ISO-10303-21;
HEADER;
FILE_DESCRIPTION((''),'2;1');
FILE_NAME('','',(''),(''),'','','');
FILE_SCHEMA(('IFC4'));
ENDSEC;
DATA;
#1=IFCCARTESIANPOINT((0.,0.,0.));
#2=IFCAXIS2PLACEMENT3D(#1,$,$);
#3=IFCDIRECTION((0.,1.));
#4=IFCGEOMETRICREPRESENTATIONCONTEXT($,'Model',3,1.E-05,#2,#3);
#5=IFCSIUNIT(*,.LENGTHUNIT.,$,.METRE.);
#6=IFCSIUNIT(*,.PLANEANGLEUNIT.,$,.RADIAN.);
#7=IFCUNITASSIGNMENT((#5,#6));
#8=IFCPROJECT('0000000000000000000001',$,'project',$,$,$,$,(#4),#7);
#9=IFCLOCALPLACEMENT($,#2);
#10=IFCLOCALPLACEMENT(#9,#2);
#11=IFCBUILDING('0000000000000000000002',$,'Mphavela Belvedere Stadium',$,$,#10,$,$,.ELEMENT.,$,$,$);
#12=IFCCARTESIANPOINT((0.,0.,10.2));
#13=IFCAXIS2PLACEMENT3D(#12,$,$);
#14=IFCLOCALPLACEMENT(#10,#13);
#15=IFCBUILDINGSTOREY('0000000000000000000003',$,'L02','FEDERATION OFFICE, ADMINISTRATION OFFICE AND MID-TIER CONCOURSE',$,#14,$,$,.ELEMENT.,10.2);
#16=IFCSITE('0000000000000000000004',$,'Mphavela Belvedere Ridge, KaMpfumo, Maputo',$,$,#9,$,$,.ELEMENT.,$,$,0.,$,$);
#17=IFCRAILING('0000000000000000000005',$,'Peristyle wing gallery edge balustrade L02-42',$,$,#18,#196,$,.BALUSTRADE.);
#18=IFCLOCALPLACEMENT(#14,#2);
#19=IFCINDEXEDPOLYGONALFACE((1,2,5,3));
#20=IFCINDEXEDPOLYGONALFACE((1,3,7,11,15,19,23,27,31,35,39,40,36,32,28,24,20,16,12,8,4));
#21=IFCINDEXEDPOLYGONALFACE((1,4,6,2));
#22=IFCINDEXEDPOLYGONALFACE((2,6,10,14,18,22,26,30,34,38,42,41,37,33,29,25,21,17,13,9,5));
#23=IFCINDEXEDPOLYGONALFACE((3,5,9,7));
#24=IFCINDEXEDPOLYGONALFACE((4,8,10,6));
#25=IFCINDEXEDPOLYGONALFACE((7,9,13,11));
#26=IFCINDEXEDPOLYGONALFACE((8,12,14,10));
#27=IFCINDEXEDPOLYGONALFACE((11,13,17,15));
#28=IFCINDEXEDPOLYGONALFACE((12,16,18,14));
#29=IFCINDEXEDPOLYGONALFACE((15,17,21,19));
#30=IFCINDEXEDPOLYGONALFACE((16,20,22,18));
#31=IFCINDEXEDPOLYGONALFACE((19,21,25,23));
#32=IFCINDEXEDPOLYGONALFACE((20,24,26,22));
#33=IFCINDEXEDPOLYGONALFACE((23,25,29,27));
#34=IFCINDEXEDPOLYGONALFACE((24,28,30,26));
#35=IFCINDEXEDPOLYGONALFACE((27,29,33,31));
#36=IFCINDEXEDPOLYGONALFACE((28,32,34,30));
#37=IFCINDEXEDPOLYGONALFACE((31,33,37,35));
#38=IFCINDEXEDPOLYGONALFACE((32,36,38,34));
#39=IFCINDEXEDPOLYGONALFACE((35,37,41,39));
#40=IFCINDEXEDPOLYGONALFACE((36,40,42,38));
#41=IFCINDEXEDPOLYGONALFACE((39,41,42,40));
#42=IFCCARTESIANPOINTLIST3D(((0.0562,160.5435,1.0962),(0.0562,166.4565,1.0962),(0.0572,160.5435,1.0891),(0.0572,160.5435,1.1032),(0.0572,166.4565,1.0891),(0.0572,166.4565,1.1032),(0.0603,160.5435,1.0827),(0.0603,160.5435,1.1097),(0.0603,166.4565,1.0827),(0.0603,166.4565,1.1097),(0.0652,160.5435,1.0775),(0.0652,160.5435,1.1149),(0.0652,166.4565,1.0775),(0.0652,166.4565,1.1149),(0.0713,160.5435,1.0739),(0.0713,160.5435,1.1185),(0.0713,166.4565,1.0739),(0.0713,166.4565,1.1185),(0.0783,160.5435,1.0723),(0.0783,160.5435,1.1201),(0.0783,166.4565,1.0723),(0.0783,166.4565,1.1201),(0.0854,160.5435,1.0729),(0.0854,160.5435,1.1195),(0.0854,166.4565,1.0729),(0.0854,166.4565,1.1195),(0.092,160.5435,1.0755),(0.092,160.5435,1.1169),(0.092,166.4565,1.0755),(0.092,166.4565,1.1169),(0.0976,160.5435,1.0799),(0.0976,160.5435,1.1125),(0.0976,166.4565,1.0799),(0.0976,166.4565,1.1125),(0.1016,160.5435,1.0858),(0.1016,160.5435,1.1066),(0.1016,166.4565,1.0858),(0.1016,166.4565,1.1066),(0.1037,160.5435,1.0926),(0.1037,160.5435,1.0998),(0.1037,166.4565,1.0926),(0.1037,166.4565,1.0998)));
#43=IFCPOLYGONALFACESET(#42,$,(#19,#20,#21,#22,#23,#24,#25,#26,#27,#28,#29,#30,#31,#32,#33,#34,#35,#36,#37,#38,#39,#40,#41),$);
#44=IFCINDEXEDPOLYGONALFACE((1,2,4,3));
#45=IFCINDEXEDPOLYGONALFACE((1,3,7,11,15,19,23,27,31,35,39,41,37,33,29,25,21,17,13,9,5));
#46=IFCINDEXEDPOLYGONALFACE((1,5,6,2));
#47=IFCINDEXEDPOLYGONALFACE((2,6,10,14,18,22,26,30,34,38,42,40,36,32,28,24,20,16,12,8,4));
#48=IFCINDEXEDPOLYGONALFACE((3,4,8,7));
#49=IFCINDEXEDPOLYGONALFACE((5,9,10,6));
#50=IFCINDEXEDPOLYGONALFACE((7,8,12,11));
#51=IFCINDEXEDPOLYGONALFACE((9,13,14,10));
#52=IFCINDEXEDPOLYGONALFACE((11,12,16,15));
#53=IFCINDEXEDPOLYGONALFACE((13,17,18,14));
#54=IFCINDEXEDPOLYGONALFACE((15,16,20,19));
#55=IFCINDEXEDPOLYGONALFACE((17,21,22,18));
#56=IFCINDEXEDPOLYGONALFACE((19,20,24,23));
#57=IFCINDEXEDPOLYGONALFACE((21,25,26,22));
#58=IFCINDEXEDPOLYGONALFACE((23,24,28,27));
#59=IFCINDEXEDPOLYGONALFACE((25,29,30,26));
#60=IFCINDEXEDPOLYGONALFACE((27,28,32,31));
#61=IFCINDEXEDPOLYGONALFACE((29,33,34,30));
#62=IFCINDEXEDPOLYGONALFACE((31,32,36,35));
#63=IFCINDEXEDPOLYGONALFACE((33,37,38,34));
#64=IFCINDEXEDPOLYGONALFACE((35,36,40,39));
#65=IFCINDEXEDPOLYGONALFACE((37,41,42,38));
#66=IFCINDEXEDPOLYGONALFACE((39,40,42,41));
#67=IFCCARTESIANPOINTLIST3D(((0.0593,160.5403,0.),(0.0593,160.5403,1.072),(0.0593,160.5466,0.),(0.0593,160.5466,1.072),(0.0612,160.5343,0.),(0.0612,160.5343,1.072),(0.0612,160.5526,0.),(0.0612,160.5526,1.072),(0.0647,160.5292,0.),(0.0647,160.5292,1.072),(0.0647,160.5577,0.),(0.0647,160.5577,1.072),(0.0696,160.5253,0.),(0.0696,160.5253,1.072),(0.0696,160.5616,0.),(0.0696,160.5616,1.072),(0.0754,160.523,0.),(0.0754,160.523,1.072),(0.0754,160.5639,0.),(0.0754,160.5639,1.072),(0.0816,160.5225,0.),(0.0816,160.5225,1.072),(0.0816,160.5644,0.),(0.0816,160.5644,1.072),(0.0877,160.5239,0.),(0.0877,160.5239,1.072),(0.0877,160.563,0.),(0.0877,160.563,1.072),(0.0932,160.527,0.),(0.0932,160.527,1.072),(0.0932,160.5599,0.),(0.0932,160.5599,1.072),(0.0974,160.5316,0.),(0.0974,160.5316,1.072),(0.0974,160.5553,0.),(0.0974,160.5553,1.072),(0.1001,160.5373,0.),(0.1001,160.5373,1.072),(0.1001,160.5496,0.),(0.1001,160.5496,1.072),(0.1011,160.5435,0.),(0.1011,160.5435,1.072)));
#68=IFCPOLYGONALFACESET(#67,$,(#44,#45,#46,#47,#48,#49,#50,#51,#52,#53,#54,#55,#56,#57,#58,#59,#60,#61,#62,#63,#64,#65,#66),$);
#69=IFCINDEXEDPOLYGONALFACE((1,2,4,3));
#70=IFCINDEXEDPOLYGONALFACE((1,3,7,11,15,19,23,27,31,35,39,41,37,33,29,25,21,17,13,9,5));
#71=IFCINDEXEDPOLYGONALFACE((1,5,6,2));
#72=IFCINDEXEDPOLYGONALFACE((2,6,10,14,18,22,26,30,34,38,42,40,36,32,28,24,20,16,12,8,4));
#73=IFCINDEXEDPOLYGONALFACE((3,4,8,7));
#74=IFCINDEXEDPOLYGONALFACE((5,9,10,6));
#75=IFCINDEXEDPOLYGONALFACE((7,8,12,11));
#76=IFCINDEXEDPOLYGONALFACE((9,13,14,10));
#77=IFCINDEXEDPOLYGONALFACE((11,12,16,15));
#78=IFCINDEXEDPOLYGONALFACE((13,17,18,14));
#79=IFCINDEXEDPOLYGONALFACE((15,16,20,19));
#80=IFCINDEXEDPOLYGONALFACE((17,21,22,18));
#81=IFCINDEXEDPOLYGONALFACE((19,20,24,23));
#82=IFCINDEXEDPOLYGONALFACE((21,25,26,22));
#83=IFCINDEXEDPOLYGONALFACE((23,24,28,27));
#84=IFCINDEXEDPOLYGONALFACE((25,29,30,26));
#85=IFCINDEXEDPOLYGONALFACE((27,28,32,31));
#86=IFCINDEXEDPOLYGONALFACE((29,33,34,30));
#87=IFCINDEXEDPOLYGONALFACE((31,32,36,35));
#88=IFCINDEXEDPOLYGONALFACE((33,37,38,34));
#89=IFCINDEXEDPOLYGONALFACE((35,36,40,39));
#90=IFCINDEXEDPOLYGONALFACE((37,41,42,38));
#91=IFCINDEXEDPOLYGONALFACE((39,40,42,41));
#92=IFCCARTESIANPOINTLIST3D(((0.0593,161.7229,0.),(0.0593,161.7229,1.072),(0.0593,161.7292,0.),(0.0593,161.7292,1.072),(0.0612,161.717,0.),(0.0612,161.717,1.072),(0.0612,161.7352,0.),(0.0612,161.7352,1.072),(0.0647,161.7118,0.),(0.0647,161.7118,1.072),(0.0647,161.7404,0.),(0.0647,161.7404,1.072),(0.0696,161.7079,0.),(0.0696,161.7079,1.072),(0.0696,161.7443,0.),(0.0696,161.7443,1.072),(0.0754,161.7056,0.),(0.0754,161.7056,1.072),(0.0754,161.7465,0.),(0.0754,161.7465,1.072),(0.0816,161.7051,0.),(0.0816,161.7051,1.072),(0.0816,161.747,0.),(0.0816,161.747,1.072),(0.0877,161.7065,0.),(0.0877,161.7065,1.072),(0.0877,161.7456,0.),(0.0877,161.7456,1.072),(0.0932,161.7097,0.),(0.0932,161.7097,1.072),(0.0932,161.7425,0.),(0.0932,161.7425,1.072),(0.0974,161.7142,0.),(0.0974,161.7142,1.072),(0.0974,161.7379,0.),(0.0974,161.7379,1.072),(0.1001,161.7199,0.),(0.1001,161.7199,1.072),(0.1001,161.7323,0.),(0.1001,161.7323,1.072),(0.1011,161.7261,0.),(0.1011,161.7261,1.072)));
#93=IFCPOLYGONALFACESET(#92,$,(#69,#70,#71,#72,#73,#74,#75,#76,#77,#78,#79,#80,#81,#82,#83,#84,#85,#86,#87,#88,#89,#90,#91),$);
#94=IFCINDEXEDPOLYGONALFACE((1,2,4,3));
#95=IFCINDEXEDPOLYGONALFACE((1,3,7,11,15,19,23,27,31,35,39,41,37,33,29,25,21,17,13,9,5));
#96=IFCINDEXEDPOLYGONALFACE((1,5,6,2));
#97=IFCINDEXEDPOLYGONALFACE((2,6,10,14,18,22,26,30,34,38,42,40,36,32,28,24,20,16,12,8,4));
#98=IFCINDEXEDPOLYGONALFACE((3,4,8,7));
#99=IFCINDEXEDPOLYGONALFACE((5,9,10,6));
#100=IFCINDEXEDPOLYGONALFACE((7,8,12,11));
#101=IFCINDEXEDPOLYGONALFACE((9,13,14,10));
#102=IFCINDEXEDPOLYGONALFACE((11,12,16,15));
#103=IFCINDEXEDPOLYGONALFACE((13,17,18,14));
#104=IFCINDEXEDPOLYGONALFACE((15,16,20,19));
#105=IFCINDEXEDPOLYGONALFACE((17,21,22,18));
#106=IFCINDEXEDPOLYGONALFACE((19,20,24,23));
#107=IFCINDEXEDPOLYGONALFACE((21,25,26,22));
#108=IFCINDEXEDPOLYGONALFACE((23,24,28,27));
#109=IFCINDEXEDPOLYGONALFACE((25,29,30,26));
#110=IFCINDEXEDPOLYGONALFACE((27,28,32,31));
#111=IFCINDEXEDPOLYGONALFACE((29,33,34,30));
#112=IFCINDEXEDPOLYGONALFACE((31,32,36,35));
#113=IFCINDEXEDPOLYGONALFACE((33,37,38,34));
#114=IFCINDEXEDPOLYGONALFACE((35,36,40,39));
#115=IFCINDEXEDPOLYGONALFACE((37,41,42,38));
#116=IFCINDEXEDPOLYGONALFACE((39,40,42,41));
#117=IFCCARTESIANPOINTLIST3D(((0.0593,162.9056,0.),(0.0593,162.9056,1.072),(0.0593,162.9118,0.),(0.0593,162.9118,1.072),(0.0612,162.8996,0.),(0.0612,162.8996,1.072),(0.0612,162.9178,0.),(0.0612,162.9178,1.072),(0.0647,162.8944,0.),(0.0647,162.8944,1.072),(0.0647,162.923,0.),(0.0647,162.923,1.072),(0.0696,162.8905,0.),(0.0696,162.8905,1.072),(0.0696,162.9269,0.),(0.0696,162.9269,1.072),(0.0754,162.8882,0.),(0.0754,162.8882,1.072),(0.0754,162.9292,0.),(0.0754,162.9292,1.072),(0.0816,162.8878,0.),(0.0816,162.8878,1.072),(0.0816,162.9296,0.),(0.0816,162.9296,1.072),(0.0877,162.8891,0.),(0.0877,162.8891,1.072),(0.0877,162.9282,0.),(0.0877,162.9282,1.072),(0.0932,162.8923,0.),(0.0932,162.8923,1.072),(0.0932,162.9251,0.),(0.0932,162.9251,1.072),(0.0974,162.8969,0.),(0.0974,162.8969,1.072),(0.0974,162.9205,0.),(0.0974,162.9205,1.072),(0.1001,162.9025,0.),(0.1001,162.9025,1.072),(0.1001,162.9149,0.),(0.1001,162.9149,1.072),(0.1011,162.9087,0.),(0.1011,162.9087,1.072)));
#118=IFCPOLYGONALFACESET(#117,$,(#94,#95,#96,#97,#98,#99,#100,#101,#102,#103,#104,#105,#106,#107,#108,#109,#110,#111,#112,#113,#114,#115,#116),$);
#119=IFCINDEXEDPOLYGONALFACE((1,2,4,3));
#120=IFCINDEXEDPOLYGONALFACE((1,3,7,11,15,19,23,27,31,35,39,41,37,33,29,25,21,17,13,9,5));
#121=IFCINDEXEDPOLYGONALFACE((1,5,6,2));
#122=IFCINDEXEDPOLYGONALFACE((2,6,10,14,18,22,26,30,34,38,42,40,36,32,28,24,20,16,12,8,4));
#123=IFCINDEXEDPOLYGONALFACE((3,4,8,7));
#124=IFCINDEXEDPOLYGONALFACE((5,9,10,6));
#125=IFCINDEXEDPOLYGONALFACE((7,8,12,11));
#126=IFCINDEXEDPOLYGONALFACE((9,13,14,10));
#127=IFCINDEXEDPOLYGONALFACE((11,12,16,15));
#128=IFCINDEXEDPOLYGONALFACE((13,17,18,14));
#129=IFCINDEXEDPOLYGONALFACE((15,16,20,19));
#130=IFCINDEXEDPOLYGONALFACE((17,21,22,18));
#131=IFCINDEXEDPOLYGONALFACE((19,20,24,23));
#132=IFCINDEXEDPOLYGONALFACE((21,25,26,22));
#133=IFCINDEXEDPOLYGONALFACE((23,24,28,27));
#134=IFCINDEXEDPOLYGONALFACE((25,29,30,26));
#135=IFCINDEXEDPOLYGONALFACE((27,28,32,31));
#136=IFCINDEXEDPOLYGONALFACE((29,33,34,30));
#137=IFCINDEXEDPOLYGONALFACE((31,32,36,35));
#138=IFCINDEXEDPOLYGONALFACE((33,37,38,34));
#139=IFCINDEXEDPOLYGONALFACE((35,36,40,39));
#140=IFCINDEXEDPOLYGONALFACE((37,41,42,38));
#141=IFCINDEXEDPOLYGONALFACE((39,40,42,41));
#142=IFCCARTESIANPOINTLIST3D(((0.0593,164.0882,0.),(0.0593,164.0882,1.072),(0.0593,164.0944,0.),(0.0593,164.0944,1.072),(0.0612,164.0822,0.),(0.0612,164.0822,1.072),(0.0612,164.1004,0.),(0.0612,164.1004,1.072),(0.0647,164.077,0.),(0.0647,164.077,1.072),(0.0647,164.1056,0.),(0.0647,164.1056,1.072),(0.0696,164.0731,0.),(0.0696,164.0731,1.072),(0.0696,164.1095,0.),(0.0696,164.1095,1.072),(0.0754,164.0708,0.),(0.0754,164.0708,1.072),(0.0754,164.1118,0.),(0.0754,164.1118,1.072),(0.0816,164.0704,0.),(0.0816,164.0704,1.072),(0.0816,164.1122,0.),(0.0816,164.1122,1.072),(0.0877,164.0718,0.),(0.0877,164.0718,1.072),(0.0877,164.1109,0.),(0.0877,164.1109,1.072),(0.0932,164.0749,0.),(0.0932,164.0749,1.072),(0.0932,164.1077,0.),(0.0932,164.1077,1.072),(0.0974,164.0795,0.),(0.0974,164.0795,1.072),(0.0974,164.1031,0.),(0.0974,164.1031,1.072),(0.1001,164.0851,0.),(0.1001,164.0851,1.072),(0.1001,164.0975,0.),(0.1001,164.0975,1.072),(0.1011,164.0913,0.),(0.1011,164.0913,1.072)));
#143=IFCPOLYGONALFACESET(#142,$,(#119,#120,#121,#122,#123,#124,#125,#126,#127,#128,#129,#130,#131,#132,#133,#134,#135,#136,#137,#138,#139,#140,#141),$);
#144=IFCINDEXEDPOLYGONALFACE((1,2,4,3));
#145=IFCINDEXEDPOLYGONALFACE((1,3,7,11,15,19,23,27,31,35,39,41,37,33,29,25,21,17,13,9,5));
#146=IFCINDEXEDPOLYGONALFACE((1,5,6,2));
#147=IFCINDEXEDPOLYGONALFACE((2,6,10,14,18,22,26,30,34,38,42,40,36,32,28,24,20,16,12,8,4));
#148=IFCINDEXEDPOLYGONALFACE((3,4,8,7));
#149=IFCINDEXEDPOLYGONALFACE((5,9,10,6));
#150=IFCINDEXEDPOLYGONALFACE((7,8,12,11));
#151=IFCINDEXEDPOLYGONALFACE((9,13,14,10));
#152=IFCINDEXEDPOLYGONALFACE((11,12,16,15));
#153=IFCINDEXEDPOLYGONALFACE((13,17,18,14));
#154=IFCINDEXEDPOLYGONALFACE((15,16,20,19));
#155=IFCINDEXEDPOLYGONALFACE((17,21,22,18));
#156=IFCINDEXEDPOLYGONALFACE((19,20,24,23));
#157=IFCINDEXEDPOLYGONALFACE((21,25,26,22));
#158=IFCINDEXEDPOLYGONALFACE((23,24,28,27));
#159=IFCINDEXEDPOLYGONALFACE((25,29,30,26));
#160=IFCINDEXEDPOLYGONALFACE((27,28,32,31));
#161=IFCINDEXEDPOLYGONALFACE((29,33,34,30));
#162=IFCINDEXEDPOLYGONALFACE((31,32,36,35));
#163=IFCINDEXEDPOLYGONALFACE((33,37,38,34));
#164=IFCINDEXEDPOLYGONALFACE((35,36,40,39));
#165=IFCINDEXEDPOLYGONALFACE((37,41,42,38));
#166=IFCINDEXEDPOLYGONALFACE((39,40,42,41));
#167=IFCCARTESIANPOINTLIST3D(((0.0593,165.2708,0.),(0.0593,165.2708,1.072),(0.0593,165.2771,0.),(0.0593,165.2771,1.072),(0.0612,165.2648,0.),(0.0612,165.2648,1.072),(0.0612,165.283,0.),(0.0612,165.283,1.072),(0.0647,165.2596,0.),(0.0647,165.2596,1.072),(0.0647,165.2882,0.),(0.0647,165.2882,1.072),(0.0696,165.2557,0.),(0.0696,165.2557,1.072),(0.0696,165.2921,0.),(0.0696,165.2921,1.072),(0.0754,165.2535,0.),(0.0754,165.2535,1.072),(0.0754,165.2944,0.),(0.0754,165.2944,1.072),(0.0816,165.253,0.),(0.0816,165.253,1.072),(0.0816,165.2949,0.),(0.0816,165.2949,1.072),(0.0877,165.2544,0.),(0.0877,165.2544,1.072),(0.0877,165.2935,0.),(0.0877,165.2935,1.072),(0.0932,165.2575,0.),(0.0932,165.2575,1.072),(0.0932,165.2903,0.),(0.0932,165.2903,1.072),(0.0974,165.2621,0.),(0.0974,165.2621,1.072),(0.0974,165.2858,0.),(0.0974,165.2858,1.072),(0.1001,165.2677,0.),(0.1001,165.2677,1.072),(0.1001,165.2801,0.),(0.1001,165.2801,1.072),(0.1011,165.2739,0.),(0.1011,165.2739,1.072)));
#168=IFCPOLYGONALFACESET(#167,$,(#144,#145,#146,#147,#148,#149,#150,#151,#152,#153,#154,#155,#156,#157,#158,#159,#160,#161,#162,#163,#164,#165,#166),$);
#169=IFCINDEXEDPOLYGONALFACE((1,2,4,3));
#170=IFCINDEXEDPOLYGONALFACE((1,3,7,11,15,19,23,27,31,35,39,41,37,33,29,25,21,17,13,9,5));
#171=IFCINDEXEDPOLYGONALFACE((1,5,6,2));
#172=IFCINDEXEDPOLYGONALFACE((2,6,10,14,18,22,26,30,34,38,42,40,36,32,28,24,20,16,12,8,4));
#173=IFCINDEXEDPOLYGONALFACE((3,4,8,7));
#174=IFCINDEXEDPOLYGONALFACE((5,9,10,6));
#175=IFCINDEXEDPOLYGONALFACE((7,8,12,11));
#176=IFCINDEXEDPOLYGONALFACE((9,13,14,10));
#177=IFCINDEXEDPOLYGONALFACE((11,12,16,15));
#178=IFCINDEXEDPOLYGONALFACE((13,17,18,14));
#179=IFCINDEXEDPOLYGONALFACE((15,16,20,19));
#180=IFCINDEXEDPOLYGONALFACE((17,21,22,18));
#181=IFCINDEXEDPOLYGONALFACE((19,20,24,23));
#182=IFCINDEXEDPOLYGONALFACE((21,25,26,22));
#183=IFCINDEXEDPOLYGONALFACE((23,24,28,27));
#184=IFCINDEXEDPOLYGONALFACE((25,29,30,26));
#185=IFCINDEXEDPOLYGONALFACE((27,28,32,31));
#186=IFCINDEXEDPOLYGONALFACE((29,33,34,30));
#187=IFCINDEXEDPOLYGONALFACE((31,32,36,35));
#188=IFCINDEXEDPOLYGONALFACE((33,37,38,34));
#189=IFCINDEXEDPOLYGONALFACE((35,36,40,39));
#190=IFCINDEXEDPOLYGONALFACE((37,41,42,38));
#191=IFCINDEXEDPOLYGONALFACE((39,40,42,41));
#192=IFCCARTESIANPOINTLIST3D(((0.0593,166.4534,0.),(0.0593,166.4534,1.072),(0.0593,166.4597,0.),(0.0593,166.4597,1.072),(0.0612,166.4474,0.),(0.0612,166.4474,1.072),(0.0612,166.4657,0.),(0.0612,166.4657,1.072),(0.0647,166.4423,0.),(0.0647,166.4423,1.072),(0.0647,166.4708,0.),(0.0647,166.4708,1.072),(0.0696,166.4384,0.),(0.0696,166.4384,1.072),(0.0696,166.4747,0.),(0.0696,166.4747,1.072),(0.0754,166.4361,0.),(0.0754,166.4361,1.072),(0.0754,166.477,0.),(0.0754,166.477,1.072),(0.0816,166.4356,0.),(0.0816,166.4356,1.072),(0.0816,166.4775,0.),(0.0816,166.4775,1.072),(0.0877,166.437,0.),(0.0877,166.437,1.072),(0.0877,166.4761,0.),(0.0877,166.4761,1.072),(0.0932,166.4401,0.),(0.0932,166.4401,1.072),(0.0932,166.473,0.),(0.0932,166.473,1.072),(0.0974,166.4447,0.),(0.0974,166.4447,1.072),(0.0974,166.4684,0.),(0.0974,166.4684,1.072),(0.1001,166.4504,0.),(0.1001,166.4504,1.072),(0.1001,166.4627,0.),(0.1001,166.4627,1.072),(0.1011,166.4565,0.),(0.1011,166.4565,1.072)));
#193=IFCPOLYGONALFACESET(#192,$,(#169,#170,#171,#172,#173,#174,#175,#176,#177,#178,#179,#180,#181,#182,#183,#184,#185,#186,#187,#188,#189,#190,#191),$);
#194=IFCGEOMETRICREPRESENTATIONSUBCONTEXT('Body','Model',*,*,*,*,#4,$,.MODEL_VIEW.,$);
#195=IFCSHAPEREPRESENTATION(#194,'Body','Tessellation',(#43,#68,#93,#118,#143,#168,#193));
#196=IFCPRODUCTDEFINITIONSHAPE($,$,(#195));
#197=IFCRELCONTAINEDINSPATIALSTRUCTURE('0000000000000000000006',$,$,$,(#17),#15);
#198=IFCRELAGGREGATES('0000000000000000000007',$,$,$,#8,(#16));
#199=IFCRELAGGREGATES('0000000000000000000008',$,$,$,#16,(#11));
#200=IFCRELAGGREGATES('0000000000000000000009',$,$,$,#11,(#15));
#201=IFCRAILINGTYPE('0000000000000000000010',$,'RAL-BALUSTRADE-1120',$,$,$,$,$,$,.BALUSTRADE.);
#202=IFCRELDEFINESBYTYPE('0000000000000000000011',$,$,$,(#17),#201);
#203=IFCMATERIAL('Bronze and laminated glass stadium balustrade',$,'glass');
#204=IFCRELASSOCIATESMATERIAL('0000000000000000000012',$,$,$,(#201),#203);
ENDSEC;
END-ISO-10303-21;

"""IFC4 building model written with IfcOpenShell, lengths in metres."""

from ifc_helpers import new_model, si_unit, direction, frame, origin, origin_2d, place, context, subcontext, project, spatial, circle, extrude, material, type_object, element, save


model = new_model("IFC4")

# Units and contexts
model_context = context("Model", 3, precision=1e-05, world=origin(), true_north=direction((0.0, 1.0)))
body_context = subcontext(model_context, "Body", "Model", "MODEL_VIEW")
ifc_project = project(units=[si_unit("LENGTHUNIT", "METRE"), si_unit("PLANEANGLEUNIT", "RADIAN")], contexts=[model_context])

# Site, building, storey
site_placement = place(None, origin())
site = spatial("IfcSite", under=ifc_project, at=site_placement, Name="Mphavela Belvedere Ridge, KaMpfumo, Maputo", CompositionType="ELEMENT", RefElevation=0.0)
building_placement = place(site_placement, origin())
building = spatial("IfcBuilding", under=site, at=building_placement, Name="Mphavela Belvedere Stadium", CompositionType="ELEMENT")
storey_placement = place(building_placement, frame((0.0, 0.0, 10.2)))
storey = spatial("IfcBuildingStorey", under=building, at=storey_placement, Name="L02", Description="FEDERATION OFFICE, ADMINISTRATION OFFICE AND MID-TIER CONCOURSE", CompositionType="ELEMENT", Elevation=10.2)

# Railing
ifc_material_1 = material(Name="Bronze and laminated glass stadium balustrade", Category="glass")
railing_type = type_object("IfcRailingType", Name="RAL-BALUSTRADE-1120", PredefinedType="BALUSTRADE", material=ifc_material_1)
for number, where, name in (
    (1, (0.0801, 160.5435, 0.0), "Peristyle wing gallery edge balustrade L02-42"),
):
    element("IfcRailing", number, at=place(storey_placement, frame(where)), inside=storey, type_object=railing_type, Name=name, PredefinedType="BALUSTRADE", context=body_context, shape_type="SweptSolid", body=[
        extrude(circle(Radius=0.0239, at=origin_2d()), frame((0.0, 0.0, 1.0962), z_axis=(0.0, 1.0, 0.0), x_axis=(-1.0, 0.0, 0.0)), (0.0, 0.0, 1.0), 5.9131),
        extrude(circle(Radius=0.021, at=origin_2d()), origin(), (0.0, 0.0, 1.0), 1.072),
        extrude(circle(Radius=0.021, at=origin_2d()), frame((0.0, 1.1826, 0.0)), (0.0, 0.0, 1.0), 1.072),
        extrude(circle(Radius=0.021, at=origin_2d()), frame((0.0, 2.3652, 0.0)), (0.0, 0.0, 1.0), 1.072),
        extrude(circle(Radius=0.021, at=origin_2d()), frame((0.0, 3.5479, 0.0)), (0.0, 0.0, 1.0), 1.072),
        extrude(circle(Radius=0.021, at=origin_2d()), frame((0.0, 4.7305, 0.0)), (0.0, 0.0, 1.0), 1.072),
        extrude(circle(Radius=0.021, at=origin_2d()), frame((0.0, 5.9131, 0.0)), (0.0, 0.0, 1.0), 1.072),
    ])

save(model, "model.ifc")
